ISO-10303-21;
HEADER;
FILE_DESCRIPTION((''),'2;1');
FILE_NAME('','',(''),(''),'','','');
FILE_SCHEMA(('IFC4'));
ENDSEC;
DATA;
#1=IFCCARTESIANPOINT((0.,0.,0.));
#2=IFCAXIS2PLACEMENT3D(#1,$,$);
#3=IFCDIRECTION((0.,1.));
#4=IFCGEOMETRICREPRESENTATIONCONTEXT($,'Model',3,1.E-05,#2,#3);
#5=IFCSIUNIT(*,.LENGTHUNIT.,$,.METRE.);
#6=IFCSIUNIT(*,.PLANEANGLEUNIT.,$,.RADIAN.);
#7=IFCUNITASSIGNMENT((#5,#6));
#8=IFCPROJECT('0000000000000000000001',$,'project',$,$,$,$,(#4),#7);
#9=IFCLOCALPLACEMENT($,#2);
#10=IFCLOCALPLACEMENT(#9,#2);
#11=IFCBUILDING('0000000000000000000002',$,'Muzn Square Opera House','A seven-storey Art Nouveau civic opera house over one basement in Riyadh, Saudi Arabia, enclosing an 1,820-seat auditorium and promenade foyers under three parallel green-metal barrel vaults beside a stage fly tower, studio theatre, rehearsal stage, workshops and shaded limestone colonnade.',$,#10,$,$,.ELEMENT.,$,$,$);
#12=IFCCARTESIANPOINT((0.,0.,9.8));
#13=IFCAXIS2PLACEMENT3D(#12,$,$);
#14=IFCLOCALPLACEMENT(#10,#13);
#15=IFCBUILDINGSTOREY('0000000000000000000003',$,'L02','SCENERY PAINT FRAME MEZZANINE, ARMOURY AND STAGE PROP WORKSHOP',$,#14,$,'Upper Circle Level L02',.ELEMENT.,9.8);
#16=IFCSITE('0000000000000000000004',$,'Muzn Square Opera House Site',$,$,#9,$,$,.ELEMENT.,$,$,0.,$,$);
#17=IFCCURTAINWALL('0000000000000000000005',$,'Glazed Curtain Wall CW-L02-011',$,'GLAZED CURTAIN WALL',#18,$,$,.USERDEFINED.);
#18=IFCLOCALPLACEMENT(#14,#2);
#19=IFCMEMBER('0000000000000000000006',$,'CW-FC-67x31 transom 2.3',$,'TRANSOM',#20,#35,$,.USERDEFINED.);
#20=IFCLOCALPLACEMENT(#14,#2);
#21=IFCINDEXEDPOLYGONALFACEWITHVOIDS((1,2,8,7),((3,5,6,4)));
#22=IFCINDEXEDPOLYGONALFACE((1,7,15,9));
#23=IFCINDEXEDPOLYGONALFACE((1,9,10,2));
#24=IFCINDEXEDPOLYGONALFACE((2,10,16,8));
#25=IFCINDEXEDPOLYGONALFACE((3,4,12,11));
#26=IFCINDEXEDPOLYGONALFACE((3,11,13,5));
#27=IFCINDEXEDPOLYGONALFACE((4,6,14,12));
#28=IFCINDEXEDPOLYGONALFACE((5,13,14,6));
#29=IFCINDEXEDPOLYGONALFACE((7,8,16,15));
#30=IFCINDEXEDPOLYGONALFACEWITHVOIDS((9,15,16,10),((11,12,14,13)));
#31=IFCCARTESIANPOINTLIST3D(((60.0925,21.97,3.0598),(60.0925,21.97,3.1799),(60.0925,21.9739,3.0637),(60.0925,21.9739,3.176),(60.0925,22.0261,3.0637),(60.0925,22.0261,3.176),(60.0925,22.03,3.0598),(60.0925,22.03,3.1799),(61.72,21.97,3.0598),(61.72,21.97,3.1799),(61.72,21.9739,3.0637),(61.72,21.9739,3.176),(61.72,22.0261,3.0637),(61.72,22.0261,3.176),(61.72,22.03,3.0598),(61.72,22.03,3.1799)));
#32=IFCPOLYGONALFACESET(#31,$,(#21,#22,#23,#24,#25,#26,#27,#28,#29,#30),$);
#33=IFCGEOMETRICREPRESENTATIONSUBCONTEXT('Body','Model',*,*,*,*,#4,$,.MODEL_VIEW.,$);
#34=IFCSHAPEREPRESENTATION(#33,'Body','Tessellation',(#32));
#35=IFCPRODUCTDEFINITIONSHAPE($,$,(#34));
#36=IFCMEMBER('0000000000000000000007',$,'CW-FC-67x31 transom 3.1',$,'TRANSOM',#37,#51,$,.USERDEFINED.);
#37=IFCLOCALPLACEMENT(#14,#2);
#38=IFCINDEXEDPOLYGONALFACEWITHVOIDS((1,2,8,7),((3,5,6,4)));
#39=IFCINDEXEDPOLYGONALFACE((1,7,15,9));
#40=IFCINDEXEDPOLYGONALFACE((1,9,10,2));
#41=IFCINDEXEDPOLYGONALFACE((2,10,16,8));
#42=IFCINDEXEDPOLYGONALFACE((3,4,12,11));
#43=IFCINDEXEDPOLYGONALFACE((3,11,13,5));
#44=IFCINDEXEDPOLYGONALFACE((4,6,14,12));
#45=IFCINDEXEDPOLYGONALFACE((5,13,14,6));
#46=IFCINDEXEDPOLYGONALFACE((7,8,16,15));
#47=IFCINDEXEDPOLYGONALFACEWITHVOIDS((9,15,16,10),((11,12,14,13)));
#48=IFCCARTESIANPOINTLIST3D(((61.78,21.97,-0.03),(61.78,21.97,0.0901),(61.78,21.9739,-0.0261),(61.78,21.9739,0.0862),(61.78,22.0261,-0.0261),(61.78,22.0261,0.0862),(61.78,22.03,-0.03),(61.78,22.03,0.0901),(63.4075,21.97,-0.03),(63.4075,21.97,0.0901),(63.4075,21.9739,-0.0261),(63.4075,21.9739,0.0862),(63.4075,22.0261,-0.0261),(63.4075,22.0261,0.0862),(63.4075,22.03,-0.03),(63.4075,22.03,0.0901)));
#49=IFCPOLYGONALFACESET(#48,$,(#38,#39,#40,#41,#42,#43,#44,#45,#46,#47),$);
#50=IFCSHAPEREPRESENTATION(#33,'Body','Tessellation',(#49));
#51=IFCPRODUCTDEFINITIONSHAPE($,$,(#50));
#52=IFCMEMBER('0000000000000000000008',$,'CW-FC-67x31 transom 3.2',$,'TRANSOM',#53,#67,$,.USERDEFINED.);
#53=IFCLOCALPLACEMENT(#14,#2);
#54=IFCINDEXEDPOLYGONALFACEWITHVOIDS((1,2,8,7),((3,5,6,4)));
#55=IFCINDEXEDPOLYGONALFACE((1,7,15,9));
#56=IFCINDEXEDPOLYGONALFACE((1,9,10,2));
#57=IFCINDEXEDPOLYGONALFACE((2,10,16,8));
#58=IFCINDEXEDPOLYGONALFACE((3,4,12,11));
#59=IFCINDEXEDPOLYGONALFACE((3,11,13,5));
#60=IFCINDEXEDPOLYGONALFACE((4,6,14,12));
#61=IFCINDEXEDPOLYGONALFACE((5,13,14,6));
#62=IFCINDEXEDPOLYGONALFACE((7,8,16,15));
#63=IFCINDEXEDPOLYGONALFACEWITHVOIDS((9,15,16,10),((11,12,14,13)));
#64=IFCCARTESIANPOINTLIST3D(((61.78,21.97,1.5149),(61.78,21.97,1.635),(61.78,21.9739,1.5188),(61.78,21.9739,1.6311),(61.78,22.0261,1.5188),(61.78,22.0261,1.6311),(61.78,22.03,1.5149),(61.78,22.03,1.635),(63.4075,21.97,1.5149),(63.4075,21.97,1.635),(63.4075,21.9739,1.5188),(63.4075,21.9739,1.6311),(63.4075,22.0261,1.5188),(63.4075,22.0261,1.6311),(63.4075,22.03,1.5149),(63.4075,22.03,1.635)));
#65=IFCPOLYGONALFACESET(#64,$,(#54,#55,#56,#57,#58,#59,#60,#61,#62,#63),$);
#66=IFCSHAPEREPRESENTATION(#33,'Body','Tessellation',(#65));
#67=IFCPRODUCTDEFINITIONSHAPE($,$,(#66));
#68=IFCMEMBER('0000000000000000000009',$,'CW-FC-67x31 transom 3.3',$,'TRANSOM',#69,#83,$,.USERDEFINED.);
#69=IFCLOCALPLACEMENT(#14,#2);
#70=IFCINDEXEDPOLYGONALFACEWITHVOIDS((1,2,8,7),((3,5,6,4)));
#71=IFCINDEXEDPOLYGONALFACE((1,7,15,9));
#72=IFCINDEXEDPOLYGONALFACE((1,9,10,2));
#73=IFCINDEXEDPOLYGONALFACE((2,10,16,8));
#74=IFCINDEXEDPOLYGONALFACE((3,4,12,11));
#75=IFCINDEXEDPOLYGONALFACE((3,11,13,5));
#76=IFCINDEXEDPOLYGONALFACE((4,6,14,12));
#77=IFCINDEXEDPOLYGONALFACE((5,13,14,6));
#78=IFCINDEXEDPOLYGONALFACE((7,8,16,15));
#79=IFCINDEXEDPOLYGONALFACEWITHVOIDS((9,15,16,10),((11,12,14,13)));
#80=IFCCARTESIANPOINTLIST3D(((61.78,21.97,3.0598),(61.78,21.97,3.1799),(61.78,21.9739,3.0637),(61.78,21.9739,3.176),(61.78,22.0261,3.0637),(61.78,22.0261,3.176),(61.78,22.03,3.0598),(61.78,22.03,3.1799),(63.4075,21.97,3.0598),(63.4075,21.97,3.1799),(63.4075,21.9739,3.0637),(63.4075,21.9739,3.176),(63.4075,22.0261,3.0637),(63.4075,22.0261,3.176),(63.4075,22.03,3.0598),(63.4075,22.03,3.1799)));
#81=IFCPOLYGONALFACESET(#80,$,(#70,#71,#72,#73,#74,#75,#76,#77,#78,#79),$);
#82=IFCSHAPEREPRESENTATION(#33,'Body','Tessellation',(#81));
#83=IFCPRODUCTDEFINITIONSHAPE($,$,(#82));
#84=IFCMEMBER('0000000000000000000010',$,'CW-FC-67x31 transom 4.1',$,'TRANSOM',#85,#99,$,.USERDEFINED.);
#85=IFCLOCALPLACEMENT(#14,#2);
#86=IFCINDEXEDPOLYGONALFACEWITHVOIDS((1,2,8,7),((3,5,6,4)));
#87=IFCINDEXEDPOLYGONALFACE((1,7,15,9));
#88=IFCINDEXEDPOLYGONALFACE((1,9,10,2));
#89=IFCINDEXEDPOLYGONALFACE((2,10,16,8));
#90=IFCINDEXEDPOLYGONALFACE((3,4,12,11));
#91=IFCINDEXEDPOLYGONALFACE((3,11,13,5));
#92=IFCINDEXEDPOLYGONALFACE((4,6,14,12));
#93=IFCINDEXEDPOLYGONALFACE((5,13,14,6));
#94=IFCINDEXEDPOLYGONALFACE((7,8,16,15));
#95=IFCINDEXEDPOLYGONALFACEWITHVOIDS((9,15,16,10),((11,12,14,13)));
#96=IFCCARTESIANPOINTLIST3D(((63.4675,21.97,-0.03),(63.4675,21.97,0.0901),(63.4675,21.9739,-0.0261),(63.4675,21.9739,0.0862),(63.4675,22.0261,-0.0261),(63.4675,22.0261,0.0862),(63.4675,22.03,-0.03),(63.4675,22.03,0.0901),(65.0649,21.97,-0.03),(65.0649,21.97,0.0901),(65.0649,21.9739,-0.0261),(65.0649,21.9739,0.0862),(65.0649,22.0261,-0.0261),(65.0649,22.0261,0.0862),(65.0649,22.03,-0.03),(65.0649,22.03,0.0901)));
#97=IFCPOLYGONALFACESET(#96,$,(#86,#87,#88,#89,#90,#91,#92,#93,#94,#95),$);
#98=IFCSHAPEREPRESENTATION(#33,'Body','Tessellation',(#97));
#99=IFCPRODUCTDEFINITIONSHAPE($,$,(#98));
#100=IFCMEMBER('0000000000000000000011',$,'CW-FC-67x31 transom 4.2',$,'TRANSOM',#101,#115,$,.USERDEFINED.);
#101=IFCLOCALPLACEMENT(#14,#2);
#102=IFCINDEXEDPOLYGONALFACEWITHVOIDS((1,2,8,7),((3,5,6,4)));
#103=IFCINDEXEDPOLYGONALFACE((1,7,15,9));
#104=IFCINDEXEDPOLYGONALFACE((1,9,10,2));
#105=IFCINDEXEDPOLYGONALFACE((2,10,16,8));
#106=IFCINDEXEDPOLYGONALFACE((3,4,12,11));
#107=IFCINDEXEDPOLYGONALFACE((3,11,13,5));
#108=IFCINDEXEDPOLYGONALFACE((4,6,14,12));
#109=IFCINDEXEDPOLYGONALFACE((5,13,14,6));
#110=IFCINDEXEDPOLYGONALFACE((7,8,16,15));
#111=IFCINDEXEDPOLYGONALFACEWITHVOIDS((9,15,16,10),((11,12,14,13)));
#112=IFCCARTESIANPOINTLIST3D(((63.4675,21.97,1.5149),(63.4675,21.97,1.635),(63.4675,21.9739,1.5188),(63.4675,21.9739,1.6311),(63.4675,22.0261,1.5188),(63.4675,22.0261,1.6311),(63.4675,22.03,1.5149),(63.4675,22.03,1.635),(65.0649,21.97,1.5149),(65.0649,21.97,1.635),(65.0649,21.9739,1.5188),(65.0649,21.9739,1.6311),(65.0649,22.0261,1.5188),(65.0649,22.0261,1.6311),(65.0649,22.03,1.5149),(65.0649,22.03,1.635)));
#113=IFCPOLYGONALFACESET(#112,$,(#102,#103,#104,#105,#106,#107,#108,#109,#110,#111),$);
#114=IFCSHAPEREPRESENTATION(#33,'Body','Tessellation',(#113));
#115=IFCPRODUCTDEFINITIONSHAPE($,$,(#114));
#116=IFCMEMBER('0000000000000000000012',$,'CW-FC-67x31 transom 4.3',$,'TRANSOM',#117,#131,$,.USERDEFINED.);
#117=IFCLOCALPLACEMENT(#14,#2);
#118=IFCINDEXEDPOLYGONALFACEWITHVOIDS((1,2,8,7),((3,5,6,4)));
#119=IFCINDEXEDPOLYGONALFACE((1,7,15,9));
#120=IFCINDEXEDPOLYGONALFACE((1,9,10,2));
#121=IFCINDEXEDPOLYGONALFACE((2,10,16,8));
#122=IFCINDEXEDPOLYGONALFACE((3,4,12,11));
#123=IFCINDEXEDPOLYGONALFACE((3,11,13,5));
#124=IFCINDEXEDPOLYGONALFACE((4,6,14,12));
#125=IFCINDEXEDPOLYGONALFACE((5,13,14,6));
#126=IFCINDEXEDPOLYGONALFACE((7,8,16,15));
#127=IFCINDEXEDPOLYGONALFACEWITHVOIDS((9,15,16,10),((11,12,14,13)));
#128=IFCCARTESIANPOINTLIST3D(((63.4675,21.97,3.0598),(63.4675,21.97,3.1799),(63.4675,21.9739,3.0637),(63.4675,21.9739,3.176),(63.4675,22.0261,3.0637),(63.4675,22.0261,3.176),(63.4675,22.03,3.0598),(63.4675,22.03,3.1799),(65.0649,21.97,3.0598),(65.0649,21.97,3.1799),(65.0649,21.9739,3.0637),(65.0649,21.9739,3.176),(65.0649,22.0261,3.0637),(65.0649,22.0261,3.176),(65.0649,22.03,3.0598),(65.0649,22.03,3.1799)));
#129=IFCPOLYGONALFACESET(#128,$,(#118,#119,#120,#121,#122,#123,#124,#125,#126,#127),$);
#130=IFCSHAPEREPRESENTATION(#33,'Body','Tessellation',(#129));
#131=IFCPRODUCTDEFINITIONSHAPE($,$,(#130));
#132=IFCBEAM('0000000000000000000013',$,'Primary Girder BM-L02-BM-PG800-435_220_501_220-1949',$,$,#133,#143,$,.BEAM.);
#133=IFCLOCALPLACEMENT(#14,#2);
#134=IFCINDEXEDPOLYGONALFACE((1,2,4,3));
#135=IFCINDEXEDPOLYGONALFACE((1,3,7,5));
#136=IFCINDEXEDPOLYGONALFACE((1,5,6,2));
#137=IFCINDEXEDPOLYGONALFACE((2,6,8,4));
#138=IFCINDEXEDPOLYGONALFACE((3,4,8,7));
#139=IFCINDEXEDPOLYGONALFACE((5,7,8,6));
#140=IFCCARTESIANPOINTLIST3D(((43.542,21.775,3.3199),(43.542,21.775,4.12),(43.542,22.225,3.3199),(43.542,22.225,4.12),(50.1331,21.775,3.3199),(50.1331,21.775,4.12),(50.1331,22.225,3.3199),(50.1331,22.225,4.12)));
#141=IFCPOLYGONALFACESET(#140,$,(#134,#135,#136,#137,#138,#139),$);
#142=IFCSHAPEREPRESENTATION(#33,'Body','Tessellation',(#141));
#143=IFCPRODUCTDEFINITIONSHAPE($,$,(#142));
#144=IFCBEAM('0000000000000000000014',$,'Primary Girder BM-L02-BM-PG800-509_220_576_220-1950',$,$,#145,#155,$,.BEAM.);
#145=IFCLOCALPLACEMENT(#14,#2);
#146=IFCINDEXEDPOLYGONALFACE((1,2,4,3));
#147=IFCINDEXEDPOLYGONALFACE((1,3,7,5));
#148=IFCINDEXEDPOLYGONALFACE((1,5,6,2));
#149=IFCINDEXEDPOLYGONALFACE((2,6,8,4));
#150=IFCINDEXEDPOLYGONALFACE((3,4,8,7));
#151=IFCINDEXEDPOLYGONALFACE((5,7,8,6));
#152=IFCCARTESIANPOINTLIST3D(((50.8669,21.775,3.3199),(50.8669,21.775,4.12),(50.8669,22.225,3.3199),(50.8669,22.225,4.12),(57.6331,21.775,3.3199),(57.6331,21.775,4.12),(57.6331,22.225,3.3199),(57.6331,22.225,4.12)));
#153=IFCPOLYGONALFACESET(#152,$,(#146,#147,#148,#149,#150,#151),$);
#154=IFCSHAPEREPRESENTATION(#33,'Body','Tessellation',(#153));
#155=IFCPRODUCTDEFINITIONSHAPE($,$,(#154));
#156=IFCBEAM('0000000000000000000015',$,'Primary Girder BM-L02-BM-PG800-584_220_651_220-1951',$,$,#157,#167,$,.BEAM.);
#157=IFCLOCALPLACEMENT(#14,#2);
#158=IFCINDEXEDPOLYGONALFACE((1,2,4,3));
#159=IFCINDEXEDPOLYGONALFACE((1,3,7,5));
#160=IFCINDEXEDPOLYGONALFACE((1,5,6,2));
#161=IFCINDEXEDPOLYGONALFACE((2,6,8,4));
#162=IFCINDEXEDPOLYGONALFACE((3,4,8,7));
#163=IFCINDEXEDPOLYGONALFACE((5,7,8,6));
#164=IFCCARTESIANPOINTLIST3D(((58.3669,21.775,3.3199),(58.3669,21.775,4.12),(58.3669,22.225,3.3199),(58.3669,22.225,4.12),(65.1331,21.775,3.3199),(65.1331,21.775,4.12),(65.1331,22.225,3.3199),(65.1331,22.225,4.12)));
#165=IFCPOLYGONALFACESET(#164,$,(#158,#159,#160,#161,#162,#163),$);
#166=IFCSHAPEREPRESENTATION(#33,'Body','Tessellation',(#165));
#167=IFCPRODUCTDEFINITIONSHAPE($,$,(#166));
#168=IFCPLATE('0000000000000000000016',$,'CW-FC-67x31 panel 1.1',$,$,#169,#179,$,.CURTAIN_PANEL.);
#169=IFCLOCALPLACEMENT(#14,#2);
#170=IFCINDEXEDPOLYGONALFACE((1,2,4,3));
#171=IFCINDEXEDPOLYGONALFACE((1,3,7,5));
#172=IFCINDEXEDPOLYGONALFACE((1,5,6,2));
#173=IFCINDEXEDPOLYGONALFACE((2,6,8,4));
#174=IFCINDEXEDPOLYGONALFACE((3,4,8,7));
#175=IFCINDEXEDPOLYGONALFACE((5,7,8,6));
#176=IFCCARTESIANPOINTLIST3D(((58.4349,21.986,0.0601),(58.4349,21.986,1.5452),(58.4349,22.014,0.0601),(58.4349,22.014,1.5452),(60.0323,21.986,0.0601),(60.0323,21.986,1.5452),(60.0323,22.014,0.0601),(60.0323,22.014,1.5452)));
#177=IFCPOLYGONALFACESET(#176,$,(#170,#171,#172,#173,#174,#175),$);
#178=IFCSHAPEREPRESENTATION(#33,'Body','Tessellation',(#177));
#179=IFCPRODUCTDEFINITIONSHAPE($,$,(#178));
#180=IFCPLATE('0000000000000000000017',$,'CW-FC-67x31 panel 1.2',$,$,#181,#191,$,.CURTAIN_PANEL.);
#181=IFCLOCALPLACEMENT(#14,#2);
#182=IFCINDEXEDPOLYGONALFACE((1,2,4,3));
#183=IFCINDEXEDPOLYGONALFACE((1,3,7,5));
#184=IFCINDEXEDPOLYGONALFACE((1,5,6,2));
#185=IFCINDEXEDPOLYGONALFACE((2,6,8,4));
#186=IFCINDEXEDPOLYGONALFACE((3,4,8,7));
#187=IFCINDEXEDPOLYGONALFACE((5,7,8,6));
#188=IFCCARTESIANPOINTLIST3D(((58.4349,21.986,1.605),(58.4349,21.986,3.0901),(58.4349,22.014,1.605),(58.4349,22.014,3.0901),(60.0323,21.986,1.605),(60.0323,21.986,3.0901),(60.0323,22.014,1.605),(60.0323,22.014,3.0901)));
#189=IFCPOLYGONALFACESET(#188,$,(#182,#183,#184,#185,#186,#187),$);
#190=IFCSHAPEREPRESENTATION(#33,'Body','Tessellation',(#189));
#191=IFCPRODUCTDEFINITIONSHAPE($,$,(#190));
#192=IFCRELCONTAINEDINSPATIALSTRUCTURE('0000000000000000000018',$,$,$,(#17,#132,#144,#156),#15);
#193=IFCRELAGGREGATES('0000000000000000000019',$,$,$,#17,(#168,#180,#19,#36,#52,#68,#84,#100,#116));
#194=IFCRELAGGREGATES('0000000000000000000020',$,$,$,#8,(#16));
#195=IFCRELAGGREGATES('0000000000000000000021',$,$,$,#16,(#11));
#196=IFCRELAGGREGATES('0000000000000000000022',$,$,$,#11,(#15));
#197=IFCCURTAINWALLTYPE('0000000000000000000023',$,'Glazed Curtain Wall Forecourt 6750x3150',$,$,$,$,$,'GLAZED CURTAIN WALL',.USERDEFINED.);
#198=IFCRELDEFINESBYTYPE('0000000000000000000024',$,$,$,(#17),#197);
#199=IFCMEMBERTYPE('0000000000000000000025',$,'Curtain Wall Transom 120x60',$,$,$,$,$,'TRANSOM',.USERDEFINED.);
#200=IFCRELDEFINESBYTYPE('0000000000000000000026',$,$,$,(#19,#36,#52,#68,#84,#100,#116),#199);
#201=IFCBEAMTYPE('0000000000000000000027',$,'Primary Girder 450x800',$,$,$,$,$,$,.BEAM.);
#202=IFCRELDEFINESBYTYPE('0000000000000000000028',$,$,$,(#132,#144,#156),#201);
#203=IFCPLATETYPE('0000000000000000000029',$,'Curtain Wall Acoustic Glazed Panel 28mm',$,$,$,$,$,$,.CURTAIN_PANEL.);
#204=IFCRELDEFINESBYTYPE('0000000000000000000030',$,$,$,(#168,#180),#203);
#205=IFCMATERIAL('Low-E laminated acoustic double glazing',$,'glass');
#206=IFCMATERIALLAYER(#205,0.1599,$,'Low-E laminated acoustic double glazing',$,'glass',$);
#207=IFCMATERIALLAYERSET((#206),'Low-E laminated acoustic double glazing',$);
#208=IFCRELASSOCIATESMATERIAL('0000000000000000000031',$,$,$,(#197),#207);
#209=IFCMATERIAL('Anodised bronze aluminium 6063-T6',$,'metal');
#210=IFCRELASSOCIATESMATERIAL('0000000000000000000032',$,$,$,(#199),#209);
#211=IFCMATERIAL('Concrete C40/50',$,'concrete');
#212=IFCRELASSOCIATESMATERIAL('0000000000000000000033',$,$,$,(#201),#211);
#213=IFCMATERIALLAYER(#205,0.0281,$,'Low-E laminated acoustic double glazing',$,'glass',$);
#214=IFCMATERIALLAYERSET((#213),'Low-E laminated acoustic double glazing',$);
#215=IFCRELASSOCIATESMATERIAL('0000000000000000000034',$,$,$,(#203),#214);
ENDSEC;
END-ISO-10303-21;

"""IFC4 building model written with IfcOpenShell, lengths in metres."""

from ifc_helpers import new_model, si_unit, direction, frame, origin, origin_2d, place, context, subcontext, project, spatial, rectangle, hollow_rectangle, extrude, material, layer, layer_set, material_profile, profile_set, type_object, element, aggregate, save


model = new_model("IFC4")

# Units and contexts
model_context = context("Model", 3, precision=1e-05, world=origin(), true_north=direction((0.0, 1.0)))
body_context = subcontext(model_context, "Body", "Model", "MODEL_VIEW")
ifc_project = project(units=[si_unit("LENGTHUNIT", "METRE"), si_unit("PLANEANGLEUNIT", "RADIAN")], contexts=[model_context])

# Site, building, storey
site_placement = place(None, origin())
site = spatial("IfcSite", under=ifc_project, at=site_placement, Name="Muzn Square Opera House Site", CompositionType="ELEMENT", RefElevation=0.0)
building_placement = place(site_placement, origin())
building = spatial("IfcBuilding", under=site, at=building_placement, Name="Muzn Square Opera House", Description="A seven-storey Art Nouveau civic opera house over one basement in Riyadh, Saudi Arabia, enclosing an 1,820-seat auditorium and promenade foyers under three parallel green-metal barrel vaults beside a stage fly tower, studio theatre, rehearsal stage, workshops and shaded limestone colonnade.", CompositionType="ELEMENT")
storey_placement = place(building_placement, frame((0.0, 0.0, 9.8)))
storey = spatial("IfcBuildingStorey", under=building, at=storey_placement, Name="L02", Description="SCENERY PAINT FRAME MEZZANINE, ARMOURY AND STAGE PROP WORKSHOP", LongName="Upper Circle Level L02", CompositionType="ELEMENT", Elevation=9.8)

# Curtain wall, members
ifc_material_1 = material(Name="Low-E laminated acoustic double glazing", Category="glass")
ifc_layer_1 = layer(ifc_material_1, 0.1599, Name="Low-E laminated acoustic double glazing", Category="glass")
ifc_layer_set_1 = layer_set([ifc_layer_1], Name="Low-E laminated acoustic double glazing")
curtain_wall_type = type_object("IfcCurtainWallType", Name="Glazed Curtain Wall Forecourt 6750x3150", ElementType="GLAZED CURTAIN WALL", PredefinedType="USERDEFINED", material=ifc_layer_set_1)
curtain_wall_placement = place(storey_placement, origin())
curtain_wall = element("IfcCurtainWall", 1, at=curtain_wall_placement, inside=storey, type_object=curtain_wall_type, Name="Glazed Curtain Wall CW-L02-011", ObjectType="GLAZED CURTAIN WALL", PredefinedType="USERDEFINED")
ifc_material_2 = material(Name="Anodised bronze aluminium 6063-T6", Category="metal")
ifc_material_profile_1 = material_profile(ifc_material_2, hollow_rectangle(XDim=0.0601, YDim=0.1201, WallThickness=0.0039, at=origin_2d()), Name="ALU 120x60x4", Category="metal")
ifc_profile_set_1 = profile_set([ifc_material_profile_1], Name="Anodised bronze aluminium 6063-T6")
member_type_1 = type_object("IfcMemberType", Name="Curtain Wall Transom 120x60", ElementType="TRANSOM", PredefinedType="USERDEFINED", material=ifc_profile_set_1)
member_1_placement = place(storey_placement, frame((60.0925, 22.0, 3.1199), z_axis=(1.0, 0.0, 0.0), x_axis=(0.0, 1.0, 0.0)))
member_1 = element("IfcMember", 2, at=member_1_placement, type_object=member_type_1, Name="CW-FC-67x31 transom 2.3", ObjectType="TRANSOM", PredefinedType="USERDEFINED", context=body_context, shape_type="SweptSolid", body=[
    extrude(hollow_rectangle(XDim=0.0601, YDim=0.1201, WallThickness=0.0039, at=origin_2d()), origin(), (0.0, 0.0, 1.0), 1.6274),
])
member_2_placement = place(storey_placement, frame((61.78, 22.0, 0.03), z_axis=(1.0, 0.0, 0.0), x_axis=(0.0, 1.0, 0.0)))
member_2 = element("IfcMember", 3, at=member_2_placement, type_object=member_type_1, Name="CW-FC-67x31 transom 3.1", ObjectType="TRANSOM", PredefinedType="USERDEFINED", context=body_context, shape_type="SweptSolid", body=[
    extrude(hollow_rectangle(XDim=0.0601, YDim=0.1201, WallThickness=0.0039, at=origin_2d()), origin(), (0.0, 0.0, 1.0), 1.6274),
])
member_3_placement = place(storey_placement, frame((61.78, 22.0, 1.575), z_axis=(1.0, 0.0, 0.0), x_axis=(0.0, 1.0, 0.0)))
member_3 = element("IfcMember", 4, at=member_3_placement, type_object=member_type_1, Name="CW-FC-67x31 transom 3.2", ObjectType="TRANSOM", PredefinedType="USERDEFINED", context=body_context, shape_type="SweptSolid", body=[
    extrude(hollow_rectangle(XDim=0.0601, YDim=0.1201, WallThickness=0.0039, at=origin_2d()), origin(), (0.0, 0.0, 1.0), 1.6274),
])
member_4_placement = place(storey_placement, frame((61.78, 22.0, 3.1199), z_axis=(1.0, 0.0, 0.0), x_axis=(0.0, 1.0, 0.0)))
member_4 = element("IfcMember", 5, at=member_4_placement, type_object=member_type_1, Name="CW-FC-67x31 transom 3.3", ObjectType="TRANSOM", PredefinedType="USERDEFINED", context=body_context, shape_type="SweptSolid", body=[
    extrude(hollow_rectangle(XDim=0.0601, YDim=0.1201, WallThickness=0.0039, at=origin_2d()), origin(), (0.0, 0.0, 1.0), 1.6274),
])
member_5_placement = place(storey_placement, frame((63.4675, 22.0, 0.03), z_axis=(1.0, 0.0, 0.0), x_axis=(0.0, 1.0, 0.0)))
member_5 = element("IfcMember", 6, at=member_5_placement, type_object=member_type_1, Name="CW-FC-67x31 transom 4.1", ObjectType="TRANSOM", PredefinedType="USERDEFINED", context=body_context, shape_type="SweptSolid", body=[
    extrude(hollow_rectangle(XDim=0.0601, YDim=0.1201, WallThickness=0.0039, at=origin_2d()), origin(), (0.0, 0.0, 1.0), 1.5974),
])
member_6_placement = place(storey_placement, frame((63.4675, 22.0, 1.575), z_axis=(1.0, 0.0, 0.0), x_axis=(0.0, 1.0, 0.0)))
member_6 = element("IfcMember", 7, at=member_6_placement, type_object=member_type_1, Name="CW-FC-67x31 transom 4.2", ObjectType="TRANSOM", PredefinedType="USERDEFINED", context=body_context, shape_type="SweptSolid", body=[
    extrude(hollow_rectangle(XDim=0.0601, YDim=0.1201, WallThickness=0.0039, at=origin_2d()), origin(), (0.0, 0.0, 1.0), 1.5974),
])
member_7_placement = place(storey_placement, frame((63.4675, 22.0, 3.1199), z_axis=(1.0, 0.0, 0.0), x_axis=(0.0, 1.0, 0.0)))
member_7 = element("IfcMember", 8, at=member_7_placement, type_object=member_type_1, Name="CW-FC-67x31 transom 4.3", ObjectType="TRANSOM", PredefinedType="USERDEFINED", context=body_context, shape_type="SweptSolid", body=[
    extrude(hollow_rectangle(XDim=0.0601, YDim=0.1201, WallThickness=0.0039, at=origin_2d()), origin(), (0.0, 0.0, 1.0), 1.5974),
])

# Beams
ifc_material_3 = material(Name="Concrete C40/50", Category="concrete")
ifc_material_profile_2 = material_profile(ifc_material_3, rectangle(XDim=0.45, YDim=0.8, at=origin_2d()), Name="RCB 450x800", Category="concrete")
ifc_profile_set_2 = profile_set([ifc_material_profile_2], Name="Concrete C40/50")
beam_type = type_object("IfcBeamType", Name="Primary Girder 450x800", PredefinedType="BEAM", material=ifc_profile_set_2)
beam_placement = place(storey_placement, frame((43.542, 22.0, 3.72), z_axis=(1.0, 0.0, 0.0), x_axis=(0.0, 1.0, 0.0)))
element("IfcBeam", 9, at=beam_placement, inside=storey, type_object=beam_type, Name="Primary Girder BM-L02-BM-PG800-435_220_501_220-1949", PredefinedType="BEAM", context=body_context, shape_type="SweptSolid", body=[
    extrude(rectangle(XDim=0.45, YDim=0.8, at=origin_2d()), origin(), (0.0, 0.0, 1.0), 6.5911),
])
for number, where, z_axis, x_axis, name in (
    (10, (50.8669, 22.0, 3.72), (1.0, 0.0, 0.0), (0.0, 1.0, 0.0), "Primary Girder BM-L02-BM-PG800-509_220_576_220-1950"),
    (11, (58.3669, 22.0, 3.72), (1.0, 0.0, 0.0), (0.0, 1.0, 0.0), "Primary Girder BM-L02-BM-PG800-584_220_651_220-1951"),
):
    element("IfcBeam", number, at=place(storey_placement, frame(where, z_axis=z_axis, x_axis=x_axis)), inside=storey, type_object=beam_type, Name=name, PredefinedType="BEAM", context=body_context, shape_type="SweptSolid", body=[
        extrude(rectangle(XDim=0.45, YDim=0.8, at=origin_2d()), origin(), (0.0, 0.0, 1.0), 6.7661),
    ])

# Plates
ifc_layer_2 = layer(ifc_material_1, 0.0281, Name="Low-E laminated acoustic double glazing", Category="glass")
ifc_layer_set_2 = layer_set([ifc_layer_2], Name="Low-E laminated acoustic double glazing")
plate_type = type_object("IfcPlateType", Name="Curtain Wall Acoustic Glazed Panel 28mm", PredefinedType="CURTAIN_PANEL", material=ifc_layer_set_2)
plate_1_placement = place(storey_placement, frame((59.2336, 22.0, 0.0601), z_axis=(0.0, 0.0, 1.0), x_axis=(1.0, 0.0, 0.0)))
plate_1 = element("IfcPlate", 12, at=plate_1_placement, type_object=plate_type, Name="CW-FC-67x31 panel 1.1", PredefinedType="CURTAIN_PANEL", context=body_context, shape_type="SweptSolid", body=[
    extrude(rectangle(XDim=1.5974, YDim=0.0281, at=origin_2d()), origin(), (0.0, 0.0, 1.0), 1.4851),
])
plate_2_placement = place(storey_placement, frame((59.2336, 22.0, 1.605), z_axis=(0.0, 0.0, 1.0), x_axis=(1.0, 0.0, 0.0)))
plate_2 = element("IfcPlate", 13, at=plate_2_placement, type_object=plate_type, Name="CW-FC-67x31 panel 1.2", PredefinedType="CURTAIN_PANEL", context=body_context, shape_type="SweptSolid", body=[
    extrude(rectangle(XDim=1.5974, YDim=0.0281, at=origin_2d()), origin(), (0.0, 0.0, 1.0), 1.4851),
])
aggregate(curtain_wall, [plate_1, plate_2, member_1, member_2, member_3, member_4, member_5, member_6, member_7])

save(model, "model.ifc")
